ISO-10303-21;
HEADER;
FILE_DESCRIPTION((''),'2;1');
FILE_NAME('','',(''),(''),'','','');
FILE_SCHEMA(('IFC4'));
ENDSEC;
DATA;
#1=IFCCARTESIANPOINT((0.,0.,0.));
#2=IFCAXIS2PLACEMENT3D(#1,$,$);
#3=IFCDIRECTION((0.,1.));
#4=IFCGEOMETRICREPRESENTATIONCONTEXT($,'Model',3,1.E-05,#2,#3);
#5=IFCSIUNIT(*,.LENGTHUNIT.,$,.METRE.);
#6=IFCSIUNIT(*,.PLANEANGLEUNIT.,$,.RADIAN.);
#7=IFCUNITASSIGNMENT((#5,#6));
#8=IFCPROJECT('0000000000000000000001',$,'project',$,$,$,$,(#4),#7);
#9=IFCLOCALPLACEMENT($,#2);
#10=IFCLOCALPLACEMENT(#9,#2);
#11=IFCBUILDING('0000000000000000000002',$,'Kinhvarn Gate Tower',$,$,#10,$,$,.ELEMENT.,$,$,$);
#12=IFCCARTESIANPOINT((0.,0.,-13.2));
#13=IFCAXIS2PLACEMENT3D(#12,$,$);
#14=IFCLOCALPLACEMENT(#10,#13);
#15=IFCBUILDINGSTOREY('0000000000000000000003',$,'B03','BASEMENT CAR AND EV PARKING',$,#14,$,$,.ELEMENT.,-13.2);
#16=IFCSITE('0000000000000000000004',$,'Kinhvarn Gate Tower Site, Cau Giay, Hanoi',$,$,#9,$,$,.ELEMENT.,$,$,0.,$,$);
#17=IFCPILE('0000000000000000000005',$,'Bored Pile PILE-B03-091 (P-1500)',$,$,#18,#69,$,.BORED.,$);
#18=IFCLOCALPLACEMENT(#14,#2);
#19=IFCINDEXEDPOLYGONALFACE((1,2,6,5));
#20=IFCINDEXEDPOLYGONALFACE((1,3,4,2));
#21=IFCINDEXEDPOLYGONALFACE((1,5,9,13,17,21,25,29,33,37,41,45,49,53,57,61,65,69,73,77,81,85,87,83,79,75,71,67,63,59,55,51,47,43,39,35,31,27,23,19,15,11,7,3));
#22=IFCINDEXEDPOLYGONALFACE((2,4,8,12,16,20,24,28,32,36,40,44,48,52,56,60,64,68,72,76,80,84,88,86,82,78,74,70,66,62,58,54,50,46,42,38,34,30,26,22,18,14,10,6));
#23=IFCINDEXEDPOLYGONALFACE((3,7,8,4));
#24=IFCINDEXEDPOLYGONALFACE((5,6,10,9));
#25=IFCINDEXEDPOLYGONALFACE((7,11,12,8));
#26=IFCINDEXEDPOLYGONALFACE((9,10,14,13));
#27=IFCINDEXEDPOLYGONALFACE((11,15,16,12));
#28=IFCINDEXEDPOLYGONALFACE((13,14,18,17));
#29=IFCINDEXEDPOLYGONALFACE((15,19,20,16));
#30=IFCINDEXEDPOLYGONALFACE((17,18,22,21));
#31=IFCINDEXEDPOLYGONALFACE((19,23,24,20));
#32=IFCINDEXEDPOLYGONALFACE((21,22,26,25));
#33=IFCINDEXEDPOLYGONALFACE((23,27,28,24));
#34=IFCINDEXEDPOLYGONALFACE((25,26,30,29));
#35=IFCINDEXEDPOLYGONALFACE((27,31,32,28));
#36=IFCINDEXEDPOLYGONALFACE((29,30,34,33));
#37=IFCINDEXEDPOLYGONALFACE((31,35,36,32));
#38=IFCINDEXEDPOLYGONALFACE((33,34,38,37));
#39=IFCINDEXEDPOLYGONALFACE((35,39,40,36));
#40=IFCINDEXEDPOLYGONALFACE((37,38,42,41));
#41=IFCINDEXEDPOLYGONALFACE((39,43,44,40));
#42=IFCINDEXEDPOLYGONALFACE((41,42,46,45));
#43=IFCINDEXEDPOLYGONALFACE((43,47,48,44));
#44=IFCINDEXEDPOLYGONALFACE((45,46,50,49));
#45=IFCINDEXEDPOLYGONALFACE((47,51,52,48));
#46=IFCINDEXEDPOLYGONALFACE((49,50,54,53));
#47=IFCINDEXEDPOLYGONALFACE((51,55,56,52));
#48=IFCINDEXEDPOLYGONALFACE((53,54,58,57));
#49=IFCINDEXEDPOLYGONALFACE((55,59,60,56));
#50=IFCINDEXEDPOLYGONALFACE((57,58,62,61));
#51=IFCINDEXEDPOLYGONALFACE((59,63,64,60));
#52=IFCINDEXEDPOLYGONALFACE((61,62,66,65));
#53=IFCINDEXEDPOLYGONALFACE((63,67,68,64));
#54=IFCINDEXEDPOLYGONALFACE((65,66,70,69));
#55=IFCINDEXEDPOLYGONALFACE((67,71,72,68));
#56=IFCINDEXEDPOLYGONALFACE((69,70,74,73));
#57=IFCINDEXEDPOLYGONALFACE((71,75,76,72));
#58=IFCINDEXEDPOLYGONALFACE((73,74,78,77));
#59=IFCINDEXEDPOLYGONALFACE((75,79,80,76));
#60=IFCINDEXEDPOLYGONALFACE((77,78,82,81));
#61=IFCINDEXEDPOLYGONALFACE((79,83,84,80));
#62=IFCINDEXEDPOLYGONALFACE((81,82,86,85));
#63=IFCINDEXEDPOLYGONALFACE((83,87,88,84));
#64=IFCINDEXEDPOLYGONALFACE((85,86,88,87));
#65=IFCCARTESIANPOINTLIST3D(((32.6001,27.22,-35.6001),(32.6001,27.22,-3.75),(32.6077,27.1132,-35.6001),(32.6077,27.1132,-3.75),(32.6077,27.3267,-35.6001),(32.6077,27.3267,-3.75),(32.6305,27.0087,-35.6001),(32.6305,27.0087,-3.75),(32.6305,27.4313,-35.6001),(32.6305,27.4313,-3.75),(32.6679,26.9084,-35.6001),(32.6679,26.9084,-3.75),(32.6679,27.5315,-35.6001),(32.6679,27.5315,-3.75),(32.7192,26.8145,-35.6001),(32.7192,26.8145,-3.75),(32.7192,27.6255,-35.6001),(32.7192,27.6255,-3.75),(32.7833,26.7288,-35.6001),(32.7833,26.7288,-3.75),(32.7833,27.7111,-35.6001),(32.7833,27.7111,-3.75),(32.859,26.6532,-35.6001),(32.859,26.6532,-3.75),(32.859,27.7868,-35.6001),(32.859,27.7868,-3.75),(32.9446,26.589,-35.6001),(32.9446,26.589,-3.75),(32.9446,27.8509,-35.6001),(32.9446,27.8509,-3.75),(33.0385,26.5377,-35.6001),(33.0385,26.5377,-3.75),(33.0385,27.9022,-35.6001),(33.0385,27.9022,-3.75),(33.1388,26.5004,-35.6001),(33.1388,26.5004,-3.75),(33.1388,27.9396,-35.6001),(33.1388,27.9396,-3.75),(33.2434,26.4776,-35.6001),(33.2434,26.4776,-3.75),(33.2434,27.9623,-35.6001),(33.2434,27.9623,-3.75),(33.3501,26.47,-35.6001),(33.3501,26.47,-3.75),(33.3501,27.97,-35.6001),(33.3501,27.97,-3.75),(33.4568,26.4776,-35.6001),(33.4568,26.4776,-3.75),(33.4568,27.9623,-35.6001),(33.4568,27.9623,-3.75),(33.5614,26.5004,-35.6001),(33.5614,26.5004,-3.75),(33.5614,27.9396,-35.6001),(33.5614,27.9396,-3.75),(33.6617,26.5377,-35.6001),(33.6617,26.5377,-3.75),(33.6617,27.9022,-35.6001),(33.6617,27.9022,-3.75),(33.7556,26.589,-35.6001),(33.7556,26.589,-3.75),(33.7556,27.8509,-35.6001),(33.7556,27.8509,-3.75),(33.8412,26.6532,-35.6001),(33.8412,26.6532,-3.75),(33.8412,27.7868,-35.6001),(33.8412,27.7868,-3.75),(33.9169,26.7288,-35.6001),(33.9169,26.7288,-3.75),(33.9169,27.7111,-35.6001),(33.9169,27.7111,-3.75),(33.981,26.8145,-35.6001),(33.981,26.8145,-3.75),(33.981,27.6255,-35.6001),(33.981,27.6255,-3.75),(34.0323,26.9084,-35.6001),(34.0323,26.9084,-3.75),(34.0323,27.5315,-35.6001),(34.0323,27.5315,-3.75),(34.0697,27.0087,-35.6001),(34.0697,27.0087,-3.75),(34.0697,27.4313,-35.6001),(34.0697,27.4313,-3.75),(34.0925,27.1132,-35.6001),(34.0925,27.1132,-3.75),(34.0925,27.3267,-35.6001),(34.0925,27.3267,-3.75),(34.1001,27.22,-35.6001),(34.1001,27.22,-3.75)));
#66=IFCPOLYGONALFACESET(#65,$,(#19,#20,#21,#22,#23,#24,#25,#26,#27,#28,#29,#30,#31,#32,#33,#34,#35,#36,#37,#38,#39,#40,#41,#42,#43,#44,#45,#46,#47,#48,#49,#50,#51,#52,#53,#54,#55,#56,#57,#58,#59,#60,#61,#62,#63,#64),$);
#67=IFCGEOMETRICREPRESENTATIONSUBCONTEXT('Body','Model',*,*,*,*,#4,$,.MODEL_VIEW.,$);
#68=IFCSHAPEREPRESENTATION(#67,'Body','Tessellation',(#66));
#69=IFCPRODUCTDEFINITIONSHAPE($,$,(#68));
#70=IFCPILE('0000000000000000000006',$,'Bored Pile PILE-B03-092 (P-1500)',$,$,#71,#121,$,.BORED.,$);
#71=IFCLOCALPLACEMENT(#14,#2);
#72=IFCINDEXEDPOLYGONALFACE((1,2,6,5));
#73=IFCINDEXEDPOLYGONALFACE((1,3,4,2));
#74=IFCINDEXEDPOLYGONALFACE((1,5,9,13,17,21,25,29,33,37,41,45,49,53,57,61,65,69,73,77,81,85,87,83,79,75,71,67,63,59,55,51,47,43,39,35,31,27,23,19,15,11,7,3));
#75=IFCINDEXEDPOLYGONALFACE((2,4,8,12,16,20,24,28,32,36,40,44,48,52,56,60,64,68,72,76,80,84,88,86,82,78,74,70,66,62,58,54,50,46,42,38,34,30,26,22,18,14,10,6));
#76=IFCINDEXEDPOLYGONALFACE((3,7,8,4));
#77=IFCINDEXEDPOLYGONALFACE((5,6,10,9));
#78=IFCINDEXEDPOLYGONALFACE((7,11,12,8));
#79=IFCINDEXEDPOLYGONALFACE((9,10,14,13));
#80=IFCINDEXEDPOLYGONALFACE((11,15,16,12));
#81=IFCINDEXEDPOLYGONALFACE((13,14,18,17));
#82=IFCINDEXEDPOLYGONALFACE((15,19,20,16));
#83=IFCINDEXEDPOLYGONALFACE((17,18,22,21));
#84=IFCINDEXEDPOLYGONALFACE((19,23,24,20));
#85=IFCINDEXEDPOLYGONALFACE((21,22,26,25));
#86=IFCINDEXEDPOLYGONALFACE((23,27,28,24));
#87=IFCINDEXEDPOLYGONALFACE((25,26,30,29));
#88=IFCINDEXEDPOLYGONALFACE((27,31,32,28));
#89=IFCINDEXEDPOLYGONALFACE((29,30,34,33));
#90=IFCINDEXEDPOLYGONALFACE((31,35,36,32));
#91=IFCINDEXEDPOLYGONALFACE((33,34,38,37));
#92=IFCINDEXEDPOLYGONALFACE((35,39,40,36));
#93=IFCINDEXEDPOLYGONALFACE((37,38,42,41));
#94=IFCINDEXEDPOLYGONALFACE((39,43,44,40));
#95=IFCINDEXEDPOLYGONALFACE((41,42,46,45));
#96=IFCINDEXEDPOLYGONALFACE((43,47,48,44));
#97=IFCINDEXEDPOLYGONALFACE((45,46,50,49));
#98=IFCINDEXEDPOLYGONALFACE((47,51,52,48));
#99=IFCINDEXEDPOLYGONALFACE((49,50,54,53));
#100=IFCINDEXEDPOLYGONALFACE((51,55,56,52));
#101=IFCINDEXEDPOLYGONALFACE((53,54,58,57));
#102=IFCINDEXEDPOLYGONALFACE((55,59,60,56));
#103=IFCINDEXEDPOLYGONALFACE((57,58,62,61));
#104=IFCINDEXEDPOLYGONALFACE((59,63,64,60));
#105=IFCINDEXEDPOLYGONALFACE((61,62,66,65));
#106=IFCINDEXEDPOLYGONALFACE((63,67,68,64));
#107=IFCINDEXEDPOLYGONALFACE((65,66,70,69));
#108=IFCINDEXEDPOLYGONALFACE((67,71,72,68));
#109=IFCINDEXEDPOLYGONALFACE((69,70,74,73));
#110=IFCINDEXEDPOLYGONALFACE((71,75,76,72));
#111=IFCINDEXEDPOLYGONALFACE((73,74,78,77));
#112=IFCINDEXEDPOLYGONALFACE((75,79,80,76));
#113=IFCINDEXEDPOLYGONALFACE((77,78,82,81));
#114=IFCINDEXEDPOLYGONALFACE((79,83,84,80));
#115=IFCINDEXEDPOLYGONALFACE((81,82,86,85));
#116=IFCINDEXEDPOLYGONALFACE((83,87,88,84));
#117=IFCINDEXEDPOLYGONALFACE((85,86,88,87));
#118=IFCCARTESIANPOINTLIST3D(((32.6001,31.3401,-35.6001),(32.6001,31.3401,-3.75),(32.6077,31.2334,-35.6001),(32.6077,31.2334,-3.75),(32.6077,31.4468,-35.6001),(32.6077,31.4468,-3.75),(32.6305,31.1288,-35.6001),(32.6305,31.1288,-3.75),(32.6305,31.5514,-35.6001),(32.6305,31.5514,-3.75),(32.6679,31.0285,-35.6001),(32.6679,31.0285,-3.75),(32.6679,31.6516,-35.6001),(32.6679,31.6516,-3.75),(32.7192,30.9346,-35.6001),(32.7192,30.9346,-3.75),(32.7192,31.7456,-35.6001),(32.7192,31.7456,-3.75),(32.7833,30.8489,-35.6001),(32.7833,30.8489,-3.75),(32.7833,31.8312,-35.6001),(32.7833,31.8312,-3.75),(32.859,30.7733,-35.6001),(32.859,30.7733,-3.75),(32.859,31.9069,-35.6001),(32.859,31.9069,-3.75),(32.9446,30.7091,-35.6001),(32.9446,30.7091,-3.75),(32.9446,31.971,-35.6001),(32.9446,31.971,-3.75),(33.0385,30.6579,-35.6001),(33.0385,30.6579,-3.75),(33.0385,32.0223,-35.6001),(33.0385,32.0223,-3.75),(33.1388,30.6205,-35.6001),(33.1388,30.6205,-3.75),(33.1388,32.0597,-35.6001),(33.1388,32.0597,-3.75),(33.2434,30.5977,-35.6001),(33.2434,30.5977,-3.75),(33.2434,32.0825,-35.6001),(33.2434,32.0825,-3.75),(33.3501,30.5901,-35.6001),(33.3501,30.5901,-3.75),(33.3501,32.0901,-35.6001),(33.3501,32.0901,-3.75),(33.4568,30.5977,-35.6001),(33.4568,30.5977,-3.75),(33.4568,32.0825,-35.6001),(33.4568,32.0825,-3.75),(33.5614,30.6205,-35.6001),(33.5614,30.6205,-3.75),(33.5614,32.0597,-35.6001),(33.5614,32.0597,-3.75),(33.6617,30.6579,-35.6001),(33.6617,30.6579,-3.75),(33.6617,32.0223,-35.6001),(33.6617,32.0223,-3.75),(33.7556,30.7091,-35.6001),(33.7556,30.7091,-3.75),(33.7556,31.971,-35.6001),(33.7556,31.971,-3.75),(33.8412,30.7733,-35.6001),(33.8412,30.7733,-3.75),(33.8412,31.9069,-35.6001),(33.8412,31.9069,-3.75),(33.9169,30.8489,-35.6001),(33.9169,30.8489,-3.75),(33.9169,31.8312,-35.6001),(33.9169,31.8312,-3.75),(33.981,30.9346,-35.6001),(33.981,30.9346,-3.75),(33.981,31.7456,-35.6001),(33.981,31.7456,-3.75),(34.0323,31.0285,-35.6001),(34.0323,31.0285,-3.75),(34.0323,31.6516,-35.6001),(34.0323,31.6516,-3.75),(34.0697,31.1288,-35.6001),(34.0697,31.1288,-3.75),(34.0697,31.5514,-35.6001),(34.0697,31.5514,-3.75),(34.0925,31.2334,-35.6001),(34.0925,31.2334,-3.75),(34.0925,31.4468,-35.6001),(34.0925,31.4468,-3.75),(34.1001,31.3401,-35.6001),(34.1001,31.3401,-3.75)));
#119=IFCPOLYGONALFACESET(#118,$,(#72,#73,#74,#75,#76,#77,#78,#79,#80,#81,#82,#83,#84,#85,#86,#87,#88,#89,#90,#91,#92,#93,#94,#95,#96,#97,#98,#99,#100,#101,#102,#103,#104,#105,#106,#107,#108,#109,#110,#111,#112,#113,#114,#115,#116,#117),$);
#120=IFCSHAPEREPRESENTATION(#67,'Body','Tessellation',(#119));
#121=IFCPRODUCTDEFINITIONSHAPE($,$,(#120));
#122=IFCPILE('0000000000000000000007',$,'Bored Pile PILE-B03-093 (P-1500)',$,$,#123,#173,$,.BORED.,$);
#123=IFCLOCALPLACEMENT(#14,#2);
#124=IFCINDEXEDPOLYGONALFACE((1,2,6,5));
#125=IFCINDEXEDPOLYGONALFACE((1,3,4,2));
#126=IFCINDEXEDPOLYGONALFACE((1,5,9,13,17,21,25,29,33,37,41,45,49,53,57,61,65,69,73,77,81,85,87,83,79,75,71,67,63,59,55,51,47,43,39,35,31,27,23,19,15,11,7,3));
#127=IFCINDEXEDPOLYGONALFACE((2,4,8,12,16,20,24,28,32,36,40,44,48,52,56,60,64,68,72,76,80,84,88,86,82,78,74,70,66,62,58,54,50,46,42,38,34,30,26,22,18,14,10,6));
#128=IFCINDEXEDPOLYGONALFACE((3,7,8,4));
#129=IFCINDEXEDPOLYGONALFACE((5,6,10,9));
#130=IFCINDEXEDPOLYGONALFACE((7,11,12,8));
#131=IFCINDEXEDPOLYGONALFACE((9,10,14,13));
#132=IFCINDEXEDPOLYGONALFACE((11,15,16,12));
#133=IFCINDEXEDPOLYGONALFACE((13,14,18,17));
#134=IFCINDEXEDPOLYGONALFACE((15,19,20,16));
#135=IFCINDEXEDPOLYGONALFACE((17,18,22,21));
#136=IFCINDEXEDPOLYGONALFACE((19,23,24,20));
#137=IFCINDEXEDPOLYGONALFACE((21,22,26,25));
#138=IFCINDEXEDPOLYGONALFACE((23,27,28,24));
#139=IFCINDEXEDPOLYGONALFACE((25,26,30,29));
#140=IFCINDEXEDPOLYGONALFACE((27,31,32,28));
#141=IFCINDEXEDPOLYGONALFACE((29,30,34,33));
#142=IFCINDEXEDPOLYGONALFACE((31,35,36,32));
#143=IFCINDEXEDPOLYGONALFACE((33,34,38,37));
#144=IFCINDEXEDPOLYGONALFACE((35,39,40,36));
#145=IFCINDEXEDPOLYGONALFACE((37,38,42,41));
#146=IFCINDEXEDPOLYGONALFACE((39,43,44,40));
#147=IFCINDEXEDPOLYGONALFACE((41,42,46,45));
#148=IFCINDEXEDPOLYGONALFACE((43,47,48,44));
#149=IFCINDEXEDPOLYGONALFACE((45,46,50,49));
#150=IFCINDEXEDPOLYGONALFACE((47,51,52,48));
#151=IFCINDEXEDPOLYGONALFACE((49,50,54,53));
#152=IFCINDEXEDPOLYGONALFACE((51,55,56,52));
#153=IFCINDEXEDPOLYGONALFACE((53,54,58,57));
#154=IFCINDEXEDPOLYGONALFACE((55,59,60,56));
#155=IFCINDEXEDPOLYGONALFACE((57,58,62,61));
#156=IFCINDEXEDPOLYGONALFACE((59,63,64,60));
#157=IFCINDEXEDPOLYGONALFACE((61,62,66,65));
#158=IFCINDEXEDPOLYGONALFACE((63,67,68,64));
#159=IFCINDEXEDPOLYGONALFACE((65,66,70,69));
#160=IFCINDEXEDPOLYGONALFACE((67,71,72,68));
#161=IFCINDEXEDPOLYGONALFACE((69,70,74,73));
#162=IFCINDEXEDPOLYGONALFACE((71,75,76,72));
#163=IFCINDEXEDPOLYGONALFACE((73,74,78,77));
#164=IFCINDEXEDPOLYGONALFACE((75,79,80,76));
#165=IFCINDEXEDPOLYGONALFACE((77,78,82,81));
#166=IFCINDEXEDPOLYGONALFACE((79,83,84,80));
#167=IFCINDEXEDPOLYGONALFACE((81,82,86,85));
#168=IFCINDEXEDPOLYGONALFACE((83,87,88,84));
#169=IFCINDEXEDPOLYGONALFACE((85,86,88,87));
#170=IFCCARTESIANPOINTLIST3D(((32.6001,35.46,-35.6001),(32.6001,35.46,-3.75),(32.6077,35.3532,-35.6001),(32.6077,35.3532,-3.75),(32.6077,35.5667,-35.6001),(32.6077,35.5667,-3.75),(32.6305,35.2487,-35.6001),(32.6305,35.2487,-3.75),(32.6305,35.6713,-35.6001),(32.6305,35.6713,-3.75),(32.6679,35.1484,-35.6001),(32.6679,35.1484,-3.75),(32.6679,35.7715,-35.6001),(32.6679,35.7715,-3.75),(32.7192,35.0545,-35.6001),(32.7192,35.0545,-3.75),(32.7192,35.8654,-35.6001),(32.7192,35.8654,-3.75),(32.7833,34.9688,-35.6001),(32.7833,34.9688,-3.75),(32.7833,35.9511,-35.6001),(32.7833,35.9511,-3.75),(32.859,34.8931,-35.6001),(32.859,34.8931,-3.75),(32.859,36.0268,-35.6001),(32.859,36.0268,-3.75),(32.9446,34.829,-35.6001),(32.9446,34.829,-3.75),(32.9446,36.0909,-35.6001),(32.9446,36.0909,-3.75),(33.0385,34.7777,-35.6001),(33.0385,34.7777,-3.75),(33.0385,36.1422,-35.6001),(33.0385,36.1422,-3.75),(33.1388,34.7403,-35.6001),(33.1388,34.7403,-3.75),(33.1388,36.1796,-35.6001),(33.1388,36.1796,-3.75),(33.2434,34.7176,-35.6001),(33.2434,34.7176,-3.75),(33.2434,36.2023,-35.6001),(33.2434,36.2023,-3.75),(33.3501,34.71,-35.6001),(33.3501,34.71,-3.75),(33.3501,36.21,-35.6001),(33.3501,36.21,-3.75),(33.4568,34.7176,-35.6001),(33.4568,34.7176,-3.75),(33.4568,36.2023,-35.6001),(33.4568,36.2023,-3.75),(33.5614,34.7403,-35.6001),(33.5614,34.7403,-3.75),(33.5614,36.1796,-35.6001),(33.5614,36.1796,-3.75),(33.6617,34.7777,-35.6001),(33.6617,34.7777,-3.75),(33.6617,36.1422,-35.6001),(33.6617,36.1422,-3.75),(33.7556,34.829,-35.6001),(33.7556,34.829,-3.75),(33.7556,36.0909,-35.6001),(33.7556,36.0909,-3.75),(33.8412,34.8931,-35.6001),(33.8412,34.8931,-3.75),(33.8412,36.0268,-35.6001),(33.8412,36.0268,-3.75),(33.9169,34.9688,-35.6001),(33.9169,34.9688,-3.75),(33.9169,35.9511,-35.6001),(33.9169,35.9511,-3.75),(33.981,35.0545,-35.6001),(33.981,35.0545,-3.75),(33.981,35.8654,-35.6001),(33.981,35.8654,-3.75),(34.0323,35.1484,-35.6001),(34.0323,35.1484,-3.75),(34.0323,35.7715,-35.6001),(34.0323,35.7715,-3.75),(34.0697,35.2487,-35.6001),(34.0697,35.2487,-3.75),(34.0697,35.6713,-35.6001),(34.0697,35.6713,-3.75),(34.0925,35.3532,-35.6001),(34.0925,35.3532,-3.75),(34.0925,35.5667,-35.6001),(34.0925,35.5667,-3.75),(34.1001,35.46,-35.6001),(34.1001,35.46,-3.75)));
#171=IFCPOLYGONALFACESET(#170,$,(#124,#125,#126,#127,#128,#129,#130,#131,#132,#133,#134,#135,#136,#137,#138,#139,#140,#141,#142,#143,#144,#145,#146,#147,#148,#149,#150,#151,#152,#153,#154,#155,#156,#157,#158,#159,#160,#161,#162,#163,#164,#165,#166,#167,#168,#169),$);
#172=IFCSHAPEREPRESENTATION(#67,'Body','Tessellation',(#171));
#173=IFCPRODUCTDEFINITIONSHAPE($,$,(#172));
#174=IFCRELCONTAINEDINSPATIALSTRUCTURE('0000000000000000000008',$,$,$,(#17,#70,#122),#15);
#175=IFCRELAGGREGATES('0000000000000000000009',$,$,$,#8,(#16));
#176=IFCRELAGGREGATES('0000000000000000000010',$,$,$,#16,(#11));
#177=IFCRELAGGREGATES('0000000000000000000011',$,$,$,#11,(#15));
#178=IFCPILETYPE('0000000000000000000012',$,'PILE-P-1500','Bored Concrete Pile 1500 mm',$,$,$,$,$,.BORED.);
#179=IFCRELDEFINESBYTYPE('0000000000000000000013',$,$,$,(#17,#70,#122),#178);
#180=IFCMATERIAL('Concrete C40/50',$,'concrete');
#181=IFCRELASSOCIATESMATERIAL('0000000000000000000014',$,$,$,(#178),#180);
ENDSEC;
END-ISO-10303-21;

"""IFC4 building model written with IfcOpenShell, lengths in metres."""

from ifc_helpers import new_model, si_unit, direction, frame, origin, origin_2d, place, context, subcontext, project, spatial, circle, extrude, material, material_profile, profile_set, type_object, element, save


model = new_model("IFC4")

# Units and contexts
model_context = context("Model", 3, precision=1e-05, world=origin(), true_north=direction((0.0, 1.0)))
body_context = subcontext(model_context, "Body", "Model", "MODEL_VIEW")
ifc_project = project(units=[si_unit("LENGTHUNIT", "METRE"), si_unit("PLANEANGLEUNIT", "RADIAN")], contexts=[model_context])

# Site, building, storey
site_placement = place(None, origin())
site = spatial("IfcSite", under=ifc_project, at=site_placement, Name="Kinhvarn Gate Tower Site, Cau Giay, Hanoi", CompositionType="ELEMENT", RefElevation=0.0)
building_placement = place(site_placement, origin())
building = spatial("IfcBuilding", under=site, at=building_placement, Name="Kinhvarn Gate Tower", CompositionType="ELEMENT")
storey_placement = place(building_placement, frame((0.0, 0.0, -13.2)))
storey = spatial("IfcBuildingStorey", under=building, at=storey_placement, Name="B03", Description="BASEMENT CAR AND EV PARKING", CompositionType="ELEMENT", Elevation=-13.2)

# Piles
ifc_material = material(Name="Concrete C40/50", Category="concrete")
ifc_material_profile_1 = material_profile(ifc_material, circle(Radius=0.75, at=origin_2d()), Name="PILE D1500")
ifc_profile_set_1 = profile_set([ifc_material_profile_1], Name="Concrete C40/50")
pile_type_1 = type_object("IfcPileType", Name="PILE-P-1500", Description="Bored Concrete Pile 1500 mm", PredefinedType="BORED", material=ifc_profile_set_1)
for number, where, z_axis, x_axis, name in (
    (1, (33.3501, 27.22, -35.6001), (0.0, 0.0, 1.0), (1.0, 0.0, 0.0), "Bored Pile PILE-B03-091 (P-1500)"),
    (2, (33.3501, 31.3401, -35.6001), (0.0, 0.0, 1.0), (1.0, 0.0, 0.0), "Bored Pile PILE-B03-092 (P-1500)"),
    (3, (33.3501, 35.46, -35.6001), (0.0, 0.0, 1.0), (1.0, 0.0, 0.0), "Bored Pile PILE-B03-093 (P-1500)"),
):
    element("IfcPile", number, at=place(storey_placement, frame(where, z_axis=z_axis, x_axis=x_axis)), inside=storey, type_object=pile_type_1, Name=name, PredefinedType="BORED", context=body_context, shape_type="SweptSolid", body=[
        extrude(circle(Radius=0.75, at=origin_2d()), origin(), (0.0, 0.0, 1.0), 31.8501),
    ])

save(model, "model.ifc")
